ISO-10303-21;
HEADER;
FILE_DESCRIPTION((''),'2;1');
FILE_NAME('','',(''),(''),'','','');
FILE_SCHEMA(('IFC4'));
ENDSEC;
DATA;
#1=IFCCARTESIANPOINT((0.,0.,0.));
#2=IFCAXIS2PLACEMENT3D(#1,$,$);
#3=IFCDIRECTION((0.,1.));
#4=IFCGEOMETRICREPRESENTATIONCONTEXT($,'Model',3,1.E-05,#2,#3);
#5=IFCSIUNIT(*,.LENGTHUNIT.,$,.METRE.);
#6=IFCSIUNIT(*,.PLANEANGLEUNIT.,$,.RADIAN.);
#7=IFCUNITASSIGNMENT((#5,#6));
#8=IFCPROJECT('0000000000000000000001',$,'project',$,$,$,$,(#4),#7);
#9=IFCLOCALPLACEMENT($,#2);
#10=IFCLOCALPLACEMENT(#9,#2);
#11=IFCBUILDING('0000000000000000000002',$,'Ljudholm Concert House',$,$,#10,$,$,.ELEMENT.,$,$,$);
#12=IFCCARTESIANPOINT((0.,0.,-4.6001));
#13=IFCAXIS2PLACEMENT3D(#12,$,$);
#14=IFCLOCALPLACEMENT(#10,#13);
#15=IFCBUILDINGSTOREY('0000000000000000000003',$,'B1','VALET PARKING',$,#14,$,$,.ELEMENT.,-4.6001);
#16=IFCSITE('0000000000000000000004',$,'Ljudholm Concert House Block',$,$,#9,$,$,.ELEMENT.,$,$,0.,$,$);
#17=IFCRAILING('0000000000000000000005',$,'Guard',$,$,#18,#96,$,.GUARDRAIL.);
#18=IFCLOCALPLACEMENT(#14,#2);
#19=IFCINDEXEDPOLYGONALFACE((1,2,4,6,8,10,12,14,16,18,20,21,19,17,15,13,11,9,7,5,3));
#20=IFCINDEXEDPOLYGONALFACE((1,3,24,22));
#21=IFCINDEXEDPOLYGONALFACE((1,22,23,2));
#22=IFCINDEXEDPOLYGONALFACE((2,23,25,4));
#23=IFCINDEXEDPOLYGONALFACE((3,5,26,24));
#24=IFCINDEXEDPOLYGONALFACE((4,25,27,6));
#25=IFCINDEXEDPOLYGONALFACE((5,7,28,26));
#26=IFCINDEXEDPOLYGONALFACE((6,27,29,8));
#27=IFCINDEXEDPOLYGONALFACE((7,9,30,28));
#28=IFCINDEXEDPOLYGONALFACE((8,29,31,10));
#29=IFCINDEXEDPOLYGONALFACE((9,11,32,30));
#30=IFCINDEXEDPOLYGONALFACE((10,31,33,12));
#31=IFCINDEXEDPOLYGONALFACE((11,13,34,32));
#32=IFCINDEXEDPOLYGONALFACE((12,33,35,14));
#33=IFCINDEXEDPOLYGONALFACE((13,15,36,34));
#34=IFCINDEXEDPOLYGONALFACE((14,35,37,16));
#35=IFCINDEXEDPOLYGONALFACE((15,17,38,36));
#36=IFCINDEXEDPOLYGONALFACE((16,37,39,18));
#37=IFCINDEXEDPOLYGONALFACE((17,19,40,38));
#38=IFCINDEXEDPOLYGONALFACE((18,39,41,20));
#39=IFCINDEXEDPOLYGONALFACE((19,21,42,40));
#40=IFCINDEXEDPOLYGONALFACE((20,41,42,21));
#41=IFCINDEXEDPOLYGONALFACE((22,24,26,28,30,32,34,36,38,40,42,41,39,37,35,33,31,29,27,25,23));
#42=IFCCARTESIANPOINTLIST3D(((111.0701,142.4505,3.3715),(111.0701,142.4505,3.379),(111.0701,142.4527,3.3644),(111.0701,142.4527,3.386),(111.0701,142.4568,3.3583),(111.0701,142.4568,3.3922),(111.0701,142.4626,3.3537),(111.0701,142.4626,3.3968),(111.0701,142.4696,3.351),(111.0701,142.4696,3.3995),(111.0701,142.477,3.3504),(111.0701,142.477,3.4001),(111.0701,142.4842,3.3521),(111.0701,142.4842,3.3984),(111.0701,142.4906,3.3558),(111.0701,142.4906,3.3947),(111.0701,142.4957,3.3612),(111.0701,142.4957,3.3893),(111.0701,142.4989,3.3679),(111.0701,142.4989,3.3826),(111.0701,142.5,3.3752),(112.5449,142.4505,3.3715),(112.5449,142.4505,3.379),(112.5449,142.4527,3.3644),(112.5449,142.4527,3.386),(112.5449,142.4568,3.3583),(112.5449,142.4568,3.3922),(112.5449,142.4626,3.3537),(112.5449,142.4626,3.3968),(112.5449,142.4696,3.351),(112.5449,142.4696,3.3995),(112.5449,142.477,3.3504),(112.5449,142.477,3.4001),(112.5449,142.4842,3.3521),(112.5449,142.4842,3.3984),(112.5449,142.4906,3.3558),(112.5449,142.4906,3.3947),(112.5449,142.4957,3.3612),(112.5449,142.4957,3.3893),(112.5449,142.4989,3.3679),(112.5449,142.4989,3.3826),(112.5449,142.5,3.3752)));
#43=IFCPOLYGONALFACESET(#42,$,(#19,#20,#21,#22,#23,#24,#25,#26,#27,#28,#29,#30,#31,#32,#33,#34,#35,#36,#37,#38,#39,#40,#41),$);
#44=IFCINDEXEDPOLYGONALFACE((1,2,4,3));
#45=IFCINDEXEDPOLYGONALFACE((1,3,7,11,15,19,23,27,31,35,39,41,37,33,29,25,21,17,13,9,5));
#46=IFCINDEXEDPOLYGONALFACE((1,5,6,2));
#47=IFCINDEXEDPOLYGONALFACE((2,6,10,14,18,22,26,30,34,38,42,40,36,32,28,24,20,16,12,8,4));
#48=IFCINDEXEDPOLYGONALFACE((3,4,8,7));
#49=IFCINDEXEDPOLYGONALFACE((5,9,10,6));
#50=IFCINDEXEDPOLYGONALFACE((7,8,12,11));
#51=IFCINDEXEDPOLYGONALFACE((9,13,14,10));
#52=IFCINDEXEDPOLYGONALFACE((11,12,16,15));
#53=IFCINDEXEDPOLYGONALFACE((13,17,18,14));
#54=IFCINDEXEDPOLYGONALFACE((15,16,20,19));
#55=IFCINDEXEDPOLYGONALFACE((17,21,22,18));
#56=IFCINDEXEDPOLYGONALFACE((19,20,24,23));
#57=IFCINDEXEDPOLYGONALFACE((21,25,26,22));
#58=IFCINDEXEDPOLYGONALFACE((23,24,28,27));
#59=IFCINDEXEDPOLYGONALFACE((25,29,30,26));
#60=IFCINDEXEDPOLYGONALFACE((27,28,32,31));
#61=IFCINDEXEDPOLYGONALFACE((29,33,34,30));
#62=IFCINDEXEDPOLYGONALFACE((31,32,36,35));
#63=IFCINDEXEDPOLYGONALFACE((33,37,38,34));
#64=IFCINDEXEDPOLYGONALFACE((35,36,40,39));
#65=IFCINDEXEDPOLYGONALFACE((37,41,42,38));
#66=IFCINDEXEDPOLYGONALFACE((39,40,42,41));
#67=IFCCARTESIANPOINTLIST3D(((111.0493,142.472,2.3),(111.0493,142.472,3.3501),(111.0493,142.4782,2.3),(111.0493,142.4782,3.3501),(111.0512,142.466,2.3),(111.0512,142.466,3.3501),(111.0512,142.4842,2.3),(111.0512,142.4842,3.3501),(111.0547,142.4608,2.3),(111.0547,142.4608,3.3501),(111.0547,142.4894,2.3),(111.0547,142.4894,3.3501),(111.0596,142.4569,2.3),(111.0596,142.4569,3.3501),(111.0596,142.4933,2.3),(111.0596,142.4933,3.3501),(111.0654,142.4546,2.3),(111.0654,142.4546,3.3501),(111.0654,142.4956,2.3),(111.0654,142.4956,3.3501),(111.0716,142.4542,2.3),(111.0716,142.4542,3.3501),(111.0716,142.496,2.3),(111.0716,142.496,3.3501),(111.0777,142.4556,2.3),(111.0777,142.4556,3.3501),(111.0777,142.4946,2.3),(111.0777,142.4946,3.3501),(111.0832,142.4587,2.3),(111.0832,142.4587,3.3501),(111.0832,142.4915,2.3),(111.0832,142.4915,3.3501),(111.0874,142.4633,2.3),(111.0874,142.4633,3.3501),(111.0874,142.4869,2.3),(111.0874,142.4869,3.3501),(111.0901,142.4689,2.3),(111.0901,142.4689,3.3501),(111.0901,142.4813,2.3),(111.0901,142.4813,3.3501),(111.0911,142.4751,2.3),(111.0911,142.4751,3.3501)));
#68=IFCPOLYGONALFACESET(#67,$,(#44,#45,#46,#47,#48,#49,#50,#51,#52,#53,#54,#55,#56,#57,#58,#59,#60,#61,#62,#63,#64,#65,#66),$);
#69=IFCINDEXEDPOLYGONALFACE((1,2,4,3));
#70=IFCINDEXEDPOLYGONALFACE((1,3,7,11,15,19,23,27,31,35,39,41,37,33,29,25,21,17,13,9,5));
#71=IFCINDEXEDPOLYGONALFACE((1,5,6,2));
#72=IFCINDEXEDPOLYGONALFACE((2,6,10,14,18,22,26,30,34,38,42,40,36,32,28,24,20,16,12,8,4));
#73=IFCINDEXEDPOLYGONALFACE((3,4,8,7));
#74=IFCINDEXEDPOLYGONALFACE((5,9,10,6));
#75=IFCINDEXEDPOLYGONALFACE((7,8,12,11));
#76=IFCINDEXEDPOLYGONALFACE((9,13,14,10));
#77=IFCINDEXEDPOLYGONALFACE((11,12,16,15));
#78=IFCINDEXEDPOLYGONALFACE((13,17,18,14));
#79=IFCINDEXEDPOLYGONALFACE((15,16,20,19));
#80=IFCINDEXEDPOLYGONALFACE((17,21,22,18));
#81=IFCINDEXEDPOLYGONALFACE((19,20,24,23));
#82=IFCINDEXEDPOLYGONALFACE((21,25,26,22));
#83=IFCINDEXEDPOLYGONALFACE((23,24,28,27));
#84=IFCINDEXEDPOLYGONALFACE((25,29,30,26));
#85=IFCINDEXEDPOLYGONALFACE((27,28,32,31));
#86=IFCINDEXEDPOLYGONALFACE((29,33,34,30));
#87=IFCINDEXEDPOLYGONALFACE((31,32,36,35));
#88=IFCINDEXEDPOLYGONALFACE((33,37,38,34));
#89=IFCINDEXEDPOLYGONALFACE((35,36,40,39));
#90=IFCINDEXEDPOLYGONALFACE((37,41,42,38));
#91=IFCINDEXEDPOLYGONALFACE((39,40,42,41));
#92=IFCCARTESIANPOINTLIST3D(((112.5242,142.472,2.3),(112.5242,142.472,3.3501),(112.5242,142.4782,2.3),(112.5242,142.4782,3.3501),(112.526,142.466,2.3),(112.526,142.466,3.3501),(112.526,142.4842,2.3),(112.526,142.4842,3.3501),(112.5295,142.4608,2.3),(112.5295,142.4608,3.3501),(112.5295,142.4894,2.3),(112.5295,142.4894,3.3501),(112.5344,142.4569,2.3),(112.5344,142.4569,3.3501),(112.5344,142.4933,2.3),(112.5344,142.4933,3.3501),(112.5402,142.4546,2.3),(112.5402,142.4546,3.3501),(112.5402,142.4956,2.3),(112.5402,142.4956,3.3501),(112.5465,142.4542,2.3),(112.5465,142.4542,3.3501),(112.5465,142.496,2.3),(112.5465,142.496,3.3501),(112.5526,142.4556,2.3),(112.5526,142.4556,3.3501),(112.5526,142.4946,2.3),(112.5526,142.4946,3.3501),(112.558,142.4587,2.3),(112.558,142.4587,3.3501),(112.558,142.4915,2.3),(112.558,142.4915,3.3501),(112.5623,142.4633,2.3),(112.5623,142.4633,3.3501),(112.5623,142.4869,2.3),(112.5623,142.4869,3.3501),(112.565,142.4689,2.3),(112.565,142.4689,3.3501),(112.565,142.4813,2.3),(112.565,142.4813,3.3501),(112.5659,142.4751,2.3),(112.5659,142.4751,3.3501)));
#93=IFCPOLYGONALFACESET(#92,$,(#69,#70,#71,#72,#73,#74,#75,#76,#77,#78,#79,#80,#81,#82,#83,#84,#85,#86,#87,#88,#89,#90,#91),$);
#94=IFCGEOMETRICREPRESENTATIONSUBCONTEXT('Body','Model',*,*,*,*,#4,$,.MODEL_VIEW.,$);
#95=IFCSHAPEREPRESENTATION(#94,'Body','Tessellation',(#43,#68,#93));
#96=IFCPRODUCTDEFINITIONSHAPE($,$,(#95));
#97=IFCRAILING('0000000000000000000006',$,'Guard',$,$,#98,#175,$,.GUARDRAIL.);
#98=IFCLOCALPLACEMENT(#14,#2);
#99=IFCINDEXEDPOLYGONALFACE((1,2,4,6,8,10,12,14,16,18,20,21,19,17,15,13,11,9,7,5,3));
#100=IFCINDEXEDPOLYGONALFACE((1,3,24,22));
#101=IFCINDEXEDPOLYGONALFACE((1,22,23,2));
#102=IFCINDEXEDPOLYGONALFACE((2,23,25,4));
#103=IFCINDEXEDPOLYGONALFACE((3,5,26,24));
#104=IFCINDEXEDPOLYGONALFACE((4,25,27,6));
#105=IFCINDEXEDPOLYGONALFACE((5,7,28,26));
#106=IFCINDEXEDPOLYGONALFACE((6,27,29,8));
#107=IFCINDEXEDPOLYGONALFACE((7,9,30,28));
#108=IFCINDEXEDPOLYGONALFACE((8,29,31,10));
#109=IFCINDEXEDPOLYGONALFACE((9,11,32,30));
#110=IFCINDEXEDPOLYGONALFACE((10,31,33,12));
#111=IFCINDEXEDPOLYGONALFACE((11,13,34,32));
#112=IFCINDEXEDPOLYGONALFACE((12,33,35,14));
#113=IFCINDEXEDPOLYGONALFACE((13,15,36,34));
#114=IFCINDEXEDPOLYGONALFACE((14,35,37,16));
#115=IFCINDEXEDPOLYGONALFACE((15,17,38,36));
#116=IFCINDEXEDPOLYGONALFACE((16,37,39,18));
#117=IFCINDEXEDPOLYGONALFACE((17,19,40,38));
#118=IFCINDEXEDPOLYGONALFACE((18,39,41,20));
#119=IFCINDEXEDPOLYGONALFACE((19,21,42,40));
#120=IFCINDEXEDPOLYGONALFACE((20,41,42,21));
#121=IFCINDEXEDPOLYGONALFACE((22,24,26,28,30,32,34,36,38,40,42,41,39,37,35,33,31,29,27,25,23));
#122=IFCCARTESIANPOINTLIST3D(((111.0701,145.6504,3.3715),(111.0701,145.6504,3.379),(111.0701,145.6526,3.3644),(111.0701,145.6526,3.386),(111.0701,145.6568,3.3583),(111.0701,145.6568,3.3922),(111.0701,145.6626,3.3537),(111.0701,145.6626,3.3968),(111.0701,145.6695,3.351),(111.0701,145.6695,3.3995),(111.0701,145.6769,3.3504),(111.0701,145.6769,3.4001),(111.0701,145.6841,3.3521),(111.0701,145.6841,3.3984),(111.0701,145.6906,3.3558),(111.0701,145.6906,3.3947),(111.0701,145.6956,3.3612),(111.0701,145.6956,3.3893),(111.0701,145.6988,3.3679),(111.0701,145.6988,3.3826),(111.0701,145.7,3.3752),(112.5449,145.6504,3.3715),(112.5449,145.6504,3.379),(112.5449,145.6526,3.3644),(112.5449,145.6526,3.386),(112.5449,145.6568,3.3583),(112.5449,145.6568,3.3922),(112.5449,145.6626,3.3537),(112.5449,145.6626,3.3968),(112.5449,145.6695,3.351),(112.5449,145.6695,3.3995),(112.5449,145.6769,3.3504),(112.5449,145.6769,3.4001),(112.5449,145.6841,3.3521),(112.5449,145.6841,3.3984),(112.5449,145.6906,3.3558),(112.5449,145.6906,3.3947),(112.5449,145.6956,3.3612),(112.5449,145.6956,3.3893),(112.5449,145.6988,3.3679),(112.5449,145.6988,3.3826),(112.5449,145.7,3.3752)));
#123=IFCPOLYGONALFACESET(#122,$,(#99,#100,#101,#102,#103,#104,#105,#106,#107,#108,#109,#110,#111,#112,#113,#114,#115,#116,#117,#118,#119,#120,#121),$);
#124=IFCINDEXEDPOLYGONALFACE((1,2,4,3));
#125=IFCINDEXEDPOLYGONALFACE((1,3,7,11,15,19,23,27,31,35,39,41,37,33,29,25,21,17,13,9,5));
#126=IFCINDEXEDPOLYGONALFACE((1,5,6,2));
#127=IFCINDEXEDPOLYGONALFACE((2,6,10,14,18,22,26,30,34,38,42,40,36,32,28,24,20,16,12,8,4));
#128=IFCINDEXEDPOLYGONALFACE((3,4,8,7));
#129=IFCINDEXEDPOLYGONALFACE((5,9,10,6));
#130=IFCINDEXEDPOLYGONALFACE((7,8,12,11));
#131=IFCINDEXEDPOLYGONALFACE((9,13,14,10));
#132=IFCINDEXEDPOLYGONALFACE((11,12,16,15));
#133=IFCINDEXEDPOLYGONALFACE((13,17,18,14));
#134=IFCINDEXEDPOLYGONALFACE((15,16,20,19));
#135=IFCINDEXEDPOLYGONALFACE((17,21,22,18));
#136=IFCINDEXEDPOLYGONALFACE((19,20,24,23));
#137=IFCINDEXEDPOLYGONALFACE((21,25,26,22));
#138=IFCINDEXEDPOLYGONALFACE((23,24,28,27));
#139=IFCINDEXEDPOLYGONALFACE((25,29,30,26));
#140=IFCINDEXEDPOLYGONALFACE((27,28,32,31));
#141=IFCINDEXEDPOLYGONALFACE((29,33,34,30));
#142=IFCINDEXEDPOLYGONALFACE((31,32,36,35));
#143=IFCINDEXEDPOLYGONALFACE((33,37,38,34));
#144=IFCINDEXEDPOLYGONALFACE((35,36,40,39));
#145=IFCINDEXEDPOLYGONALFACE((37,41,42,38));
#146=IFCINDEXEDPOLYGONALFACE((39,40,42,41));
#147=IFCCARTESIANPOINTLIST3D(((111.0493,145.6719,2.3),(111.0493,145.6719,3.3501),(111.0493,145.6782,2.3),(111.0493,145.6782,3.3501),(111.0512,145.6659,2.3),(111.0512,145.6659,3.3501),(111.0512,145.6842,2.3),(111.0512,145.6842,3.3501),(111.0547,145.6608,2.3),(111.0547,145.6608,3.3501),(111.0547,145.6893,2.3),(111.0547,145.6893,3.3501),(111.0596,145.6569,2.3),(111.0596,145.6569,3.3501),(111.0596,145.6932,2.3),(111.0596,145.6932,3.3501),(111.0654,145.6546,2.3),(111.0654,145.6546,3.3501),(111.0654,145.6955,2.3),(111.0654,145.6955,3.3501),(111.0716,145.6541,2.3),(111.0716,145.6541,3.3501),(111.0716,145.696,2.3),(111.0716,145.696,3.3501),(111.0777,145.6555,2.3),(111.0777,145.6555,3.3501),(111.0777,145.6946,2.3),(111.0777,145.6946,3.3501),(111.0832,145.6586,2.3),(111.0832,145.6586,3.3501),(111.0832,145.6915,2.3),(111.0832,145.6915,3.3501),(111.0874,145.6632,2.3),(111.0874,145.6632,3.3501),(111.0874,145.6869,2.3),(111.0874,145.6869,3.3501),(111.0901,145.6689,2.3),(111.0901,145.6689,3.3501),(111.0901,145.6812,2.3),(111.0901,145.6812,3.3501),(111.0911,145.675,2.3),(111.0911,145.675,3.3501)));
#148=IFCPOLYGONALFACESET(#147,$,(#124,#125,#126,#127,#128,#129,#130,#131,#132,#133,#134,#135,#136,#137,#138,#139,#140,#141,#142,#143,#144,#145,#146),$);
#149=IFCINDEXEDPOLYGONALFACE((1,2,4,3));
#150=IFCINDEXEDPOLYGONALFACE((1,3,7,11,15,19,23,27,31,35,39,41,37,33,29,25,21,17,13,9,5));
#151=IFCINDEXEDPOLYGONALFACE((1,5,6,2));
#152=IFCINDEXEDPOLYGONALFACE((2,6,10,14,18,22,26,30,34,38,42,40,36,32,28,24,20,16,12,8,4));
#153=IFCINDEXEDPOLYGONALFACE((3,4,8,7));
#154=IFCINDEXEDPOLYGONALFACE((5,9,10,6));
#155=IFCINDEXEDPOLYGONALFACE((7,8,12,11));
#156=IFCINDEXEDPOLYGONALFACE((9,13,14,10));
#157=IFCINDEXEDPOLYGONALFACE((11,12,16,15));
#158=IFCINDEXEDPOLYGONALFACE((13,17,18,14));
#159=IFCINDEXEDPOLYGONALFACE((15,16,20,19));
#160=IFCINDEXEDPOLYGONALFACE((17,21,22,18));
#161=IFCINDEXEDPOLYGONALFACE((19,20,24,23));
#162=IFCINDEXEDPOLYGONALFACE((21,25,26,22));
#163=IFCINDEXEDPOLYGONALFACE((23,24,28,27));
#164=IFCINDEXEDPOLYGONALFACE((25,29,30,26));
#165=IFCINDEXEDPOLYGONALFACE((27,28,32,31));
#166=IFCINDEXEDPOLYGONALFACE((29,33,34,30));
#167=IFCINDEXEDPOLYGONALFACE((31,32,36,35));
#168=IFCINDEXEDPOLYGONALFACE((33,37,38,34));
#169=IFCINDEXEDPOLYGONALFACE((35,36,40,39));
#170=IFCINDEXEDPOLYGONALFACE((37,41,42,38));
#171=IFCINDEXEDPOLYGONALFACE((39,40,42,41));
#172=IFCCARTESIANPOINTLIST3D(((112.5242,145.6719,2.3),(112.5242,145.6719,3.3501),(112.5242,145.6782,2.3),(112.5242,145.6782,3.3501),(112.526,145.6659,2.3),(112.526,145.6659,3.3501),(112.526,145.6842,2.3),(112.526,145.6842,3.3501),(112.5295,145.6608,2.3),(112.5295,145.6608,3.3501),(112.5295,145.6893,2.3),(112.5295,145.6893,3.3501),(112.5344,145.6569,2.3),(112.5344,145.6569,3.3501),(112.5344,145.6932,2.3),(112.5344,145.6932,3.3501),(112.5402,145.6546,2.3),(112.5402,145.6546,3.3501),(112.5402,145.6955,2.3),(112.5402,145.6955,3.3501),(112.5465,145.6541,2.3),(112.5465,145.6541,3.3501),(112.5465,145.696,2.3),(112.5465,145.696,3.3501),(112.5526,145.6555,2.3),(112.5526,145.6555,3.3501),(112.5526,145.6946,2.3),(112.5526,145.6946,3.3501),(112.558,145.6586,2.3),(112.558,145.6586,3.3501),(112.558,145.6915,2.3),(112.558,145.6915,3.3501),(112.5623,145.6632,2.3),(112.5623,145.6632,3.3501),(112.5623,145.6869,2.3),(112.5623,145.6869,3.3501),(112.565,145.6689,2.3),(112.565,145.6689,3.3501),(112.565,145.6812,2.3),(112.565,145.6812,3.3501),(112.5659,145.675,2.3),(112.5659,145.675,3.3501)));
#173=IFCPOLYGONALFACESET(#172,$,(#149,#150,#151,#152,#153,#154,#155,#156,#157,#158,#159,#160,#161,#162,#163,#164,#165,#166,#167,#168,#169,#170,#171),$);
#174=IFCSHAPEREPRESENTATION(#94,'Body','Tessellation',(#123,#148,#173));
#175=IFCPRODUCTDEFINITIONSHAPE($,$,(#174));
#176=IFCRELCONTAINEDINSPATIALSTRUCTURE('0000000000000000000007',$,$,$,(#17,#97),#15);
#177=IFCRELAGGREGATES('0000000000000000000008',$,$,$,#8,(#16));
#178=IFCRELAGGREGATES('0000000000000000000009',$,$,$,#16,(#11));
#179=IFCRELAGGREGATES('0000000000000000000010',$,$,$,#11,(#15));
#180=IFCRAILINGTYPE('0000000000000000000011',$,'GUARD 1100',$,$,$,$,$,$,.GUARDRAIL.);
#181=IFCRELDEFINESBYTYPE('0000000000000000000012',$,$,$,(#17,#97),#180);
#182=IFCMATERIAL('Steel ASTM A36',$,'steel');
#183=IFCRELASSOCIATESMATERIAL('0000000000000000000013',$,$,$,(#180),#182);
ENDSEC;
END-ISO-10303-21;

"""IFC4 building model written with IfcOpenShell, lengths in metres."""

from ifc_helpers import new_model, si_unit, direction, frame, origin, origin_2d, place, context, subcontext, project, spatial, circle, extrude, material, type_object, element, save


model = new_model("IFC4")

# Units and contexts
model_context = context("Model", 3, precision=1e-05, world=origin(), true_north=direction((0.0, 1.0)))
body_context = subcontext(model_context, "Body", "Model", "MODEL_VIEW")
ifc_project = project(units=[si_unit("LENGTHUNIT", "METRE"), si_unit("PLANEANGLEUNIT", "RADIAN")], contexts=[model_context])

# Site, building, storey
site_placement = place(None, origin())
site = spatial("IfcSite", under=ifc_project, at=site_placement, Name="Ljudholm Concert House Block", CompositionType="ELEMENT", RefElevation=0.0)
building_placement = place(site_placement, origin())
building = spatial("IfcBuilding", under=site, at=building_placement, Name="Ljudholm Concert House", CompositionType="ELEMENT")
storey_placement = place(building_placement, frame((0.0, 0.0, -4.6001)))
storey = spatial("IfcBuildingStorey", under=building, at=storey_placement, Name="B1", Description="VALET PARKING", CompositionType="ELEMENT", Elevation=-4.6001)

# Railings
ifc_material_1 = material(Name="Steel ASTM A36", Category="steel")
railing_type_1 = type_object("IfcRailingType", Name="GUARD 1100", PredefinedType="GUARDRAIL", material=ifc_material_1)
for number, where, name in (
    (1, (111.0701, 142.4751, 2.3), "Guard"),
    (2, (111.0701, 145.675, 2.3), "Guard"),
):
    element("IfcRailing", number, at=place(storey_placement, frame(where)), inside=storey, type_object=railing_type_1, Name=name, PredefinedType="GUARDRAIL", context=body_context, shape_type="SweptSolid", body=[
        extrude(circle(Radius=0.0249, at=origin_2d()), frame((0.0, 0.0, 1.0752), z_axis=(1.0, 0.0, 0.0), x_axis=(0.0, 1.0, 0.0)), (0.0, 0.0, 1.0), 1.4749),
        extrude(circle(Radius=0.021, at=origin_2d()), origin(), (0.0, 0.0, 1.0), 1.05),
        extrude(circle(Radius=0.021, at=origin_2d()), frame((1.4749, 0.0, 0.0)), (0.0, 0.0, 1.0), 1.05),
    ])

save(model, "model.ifc")
